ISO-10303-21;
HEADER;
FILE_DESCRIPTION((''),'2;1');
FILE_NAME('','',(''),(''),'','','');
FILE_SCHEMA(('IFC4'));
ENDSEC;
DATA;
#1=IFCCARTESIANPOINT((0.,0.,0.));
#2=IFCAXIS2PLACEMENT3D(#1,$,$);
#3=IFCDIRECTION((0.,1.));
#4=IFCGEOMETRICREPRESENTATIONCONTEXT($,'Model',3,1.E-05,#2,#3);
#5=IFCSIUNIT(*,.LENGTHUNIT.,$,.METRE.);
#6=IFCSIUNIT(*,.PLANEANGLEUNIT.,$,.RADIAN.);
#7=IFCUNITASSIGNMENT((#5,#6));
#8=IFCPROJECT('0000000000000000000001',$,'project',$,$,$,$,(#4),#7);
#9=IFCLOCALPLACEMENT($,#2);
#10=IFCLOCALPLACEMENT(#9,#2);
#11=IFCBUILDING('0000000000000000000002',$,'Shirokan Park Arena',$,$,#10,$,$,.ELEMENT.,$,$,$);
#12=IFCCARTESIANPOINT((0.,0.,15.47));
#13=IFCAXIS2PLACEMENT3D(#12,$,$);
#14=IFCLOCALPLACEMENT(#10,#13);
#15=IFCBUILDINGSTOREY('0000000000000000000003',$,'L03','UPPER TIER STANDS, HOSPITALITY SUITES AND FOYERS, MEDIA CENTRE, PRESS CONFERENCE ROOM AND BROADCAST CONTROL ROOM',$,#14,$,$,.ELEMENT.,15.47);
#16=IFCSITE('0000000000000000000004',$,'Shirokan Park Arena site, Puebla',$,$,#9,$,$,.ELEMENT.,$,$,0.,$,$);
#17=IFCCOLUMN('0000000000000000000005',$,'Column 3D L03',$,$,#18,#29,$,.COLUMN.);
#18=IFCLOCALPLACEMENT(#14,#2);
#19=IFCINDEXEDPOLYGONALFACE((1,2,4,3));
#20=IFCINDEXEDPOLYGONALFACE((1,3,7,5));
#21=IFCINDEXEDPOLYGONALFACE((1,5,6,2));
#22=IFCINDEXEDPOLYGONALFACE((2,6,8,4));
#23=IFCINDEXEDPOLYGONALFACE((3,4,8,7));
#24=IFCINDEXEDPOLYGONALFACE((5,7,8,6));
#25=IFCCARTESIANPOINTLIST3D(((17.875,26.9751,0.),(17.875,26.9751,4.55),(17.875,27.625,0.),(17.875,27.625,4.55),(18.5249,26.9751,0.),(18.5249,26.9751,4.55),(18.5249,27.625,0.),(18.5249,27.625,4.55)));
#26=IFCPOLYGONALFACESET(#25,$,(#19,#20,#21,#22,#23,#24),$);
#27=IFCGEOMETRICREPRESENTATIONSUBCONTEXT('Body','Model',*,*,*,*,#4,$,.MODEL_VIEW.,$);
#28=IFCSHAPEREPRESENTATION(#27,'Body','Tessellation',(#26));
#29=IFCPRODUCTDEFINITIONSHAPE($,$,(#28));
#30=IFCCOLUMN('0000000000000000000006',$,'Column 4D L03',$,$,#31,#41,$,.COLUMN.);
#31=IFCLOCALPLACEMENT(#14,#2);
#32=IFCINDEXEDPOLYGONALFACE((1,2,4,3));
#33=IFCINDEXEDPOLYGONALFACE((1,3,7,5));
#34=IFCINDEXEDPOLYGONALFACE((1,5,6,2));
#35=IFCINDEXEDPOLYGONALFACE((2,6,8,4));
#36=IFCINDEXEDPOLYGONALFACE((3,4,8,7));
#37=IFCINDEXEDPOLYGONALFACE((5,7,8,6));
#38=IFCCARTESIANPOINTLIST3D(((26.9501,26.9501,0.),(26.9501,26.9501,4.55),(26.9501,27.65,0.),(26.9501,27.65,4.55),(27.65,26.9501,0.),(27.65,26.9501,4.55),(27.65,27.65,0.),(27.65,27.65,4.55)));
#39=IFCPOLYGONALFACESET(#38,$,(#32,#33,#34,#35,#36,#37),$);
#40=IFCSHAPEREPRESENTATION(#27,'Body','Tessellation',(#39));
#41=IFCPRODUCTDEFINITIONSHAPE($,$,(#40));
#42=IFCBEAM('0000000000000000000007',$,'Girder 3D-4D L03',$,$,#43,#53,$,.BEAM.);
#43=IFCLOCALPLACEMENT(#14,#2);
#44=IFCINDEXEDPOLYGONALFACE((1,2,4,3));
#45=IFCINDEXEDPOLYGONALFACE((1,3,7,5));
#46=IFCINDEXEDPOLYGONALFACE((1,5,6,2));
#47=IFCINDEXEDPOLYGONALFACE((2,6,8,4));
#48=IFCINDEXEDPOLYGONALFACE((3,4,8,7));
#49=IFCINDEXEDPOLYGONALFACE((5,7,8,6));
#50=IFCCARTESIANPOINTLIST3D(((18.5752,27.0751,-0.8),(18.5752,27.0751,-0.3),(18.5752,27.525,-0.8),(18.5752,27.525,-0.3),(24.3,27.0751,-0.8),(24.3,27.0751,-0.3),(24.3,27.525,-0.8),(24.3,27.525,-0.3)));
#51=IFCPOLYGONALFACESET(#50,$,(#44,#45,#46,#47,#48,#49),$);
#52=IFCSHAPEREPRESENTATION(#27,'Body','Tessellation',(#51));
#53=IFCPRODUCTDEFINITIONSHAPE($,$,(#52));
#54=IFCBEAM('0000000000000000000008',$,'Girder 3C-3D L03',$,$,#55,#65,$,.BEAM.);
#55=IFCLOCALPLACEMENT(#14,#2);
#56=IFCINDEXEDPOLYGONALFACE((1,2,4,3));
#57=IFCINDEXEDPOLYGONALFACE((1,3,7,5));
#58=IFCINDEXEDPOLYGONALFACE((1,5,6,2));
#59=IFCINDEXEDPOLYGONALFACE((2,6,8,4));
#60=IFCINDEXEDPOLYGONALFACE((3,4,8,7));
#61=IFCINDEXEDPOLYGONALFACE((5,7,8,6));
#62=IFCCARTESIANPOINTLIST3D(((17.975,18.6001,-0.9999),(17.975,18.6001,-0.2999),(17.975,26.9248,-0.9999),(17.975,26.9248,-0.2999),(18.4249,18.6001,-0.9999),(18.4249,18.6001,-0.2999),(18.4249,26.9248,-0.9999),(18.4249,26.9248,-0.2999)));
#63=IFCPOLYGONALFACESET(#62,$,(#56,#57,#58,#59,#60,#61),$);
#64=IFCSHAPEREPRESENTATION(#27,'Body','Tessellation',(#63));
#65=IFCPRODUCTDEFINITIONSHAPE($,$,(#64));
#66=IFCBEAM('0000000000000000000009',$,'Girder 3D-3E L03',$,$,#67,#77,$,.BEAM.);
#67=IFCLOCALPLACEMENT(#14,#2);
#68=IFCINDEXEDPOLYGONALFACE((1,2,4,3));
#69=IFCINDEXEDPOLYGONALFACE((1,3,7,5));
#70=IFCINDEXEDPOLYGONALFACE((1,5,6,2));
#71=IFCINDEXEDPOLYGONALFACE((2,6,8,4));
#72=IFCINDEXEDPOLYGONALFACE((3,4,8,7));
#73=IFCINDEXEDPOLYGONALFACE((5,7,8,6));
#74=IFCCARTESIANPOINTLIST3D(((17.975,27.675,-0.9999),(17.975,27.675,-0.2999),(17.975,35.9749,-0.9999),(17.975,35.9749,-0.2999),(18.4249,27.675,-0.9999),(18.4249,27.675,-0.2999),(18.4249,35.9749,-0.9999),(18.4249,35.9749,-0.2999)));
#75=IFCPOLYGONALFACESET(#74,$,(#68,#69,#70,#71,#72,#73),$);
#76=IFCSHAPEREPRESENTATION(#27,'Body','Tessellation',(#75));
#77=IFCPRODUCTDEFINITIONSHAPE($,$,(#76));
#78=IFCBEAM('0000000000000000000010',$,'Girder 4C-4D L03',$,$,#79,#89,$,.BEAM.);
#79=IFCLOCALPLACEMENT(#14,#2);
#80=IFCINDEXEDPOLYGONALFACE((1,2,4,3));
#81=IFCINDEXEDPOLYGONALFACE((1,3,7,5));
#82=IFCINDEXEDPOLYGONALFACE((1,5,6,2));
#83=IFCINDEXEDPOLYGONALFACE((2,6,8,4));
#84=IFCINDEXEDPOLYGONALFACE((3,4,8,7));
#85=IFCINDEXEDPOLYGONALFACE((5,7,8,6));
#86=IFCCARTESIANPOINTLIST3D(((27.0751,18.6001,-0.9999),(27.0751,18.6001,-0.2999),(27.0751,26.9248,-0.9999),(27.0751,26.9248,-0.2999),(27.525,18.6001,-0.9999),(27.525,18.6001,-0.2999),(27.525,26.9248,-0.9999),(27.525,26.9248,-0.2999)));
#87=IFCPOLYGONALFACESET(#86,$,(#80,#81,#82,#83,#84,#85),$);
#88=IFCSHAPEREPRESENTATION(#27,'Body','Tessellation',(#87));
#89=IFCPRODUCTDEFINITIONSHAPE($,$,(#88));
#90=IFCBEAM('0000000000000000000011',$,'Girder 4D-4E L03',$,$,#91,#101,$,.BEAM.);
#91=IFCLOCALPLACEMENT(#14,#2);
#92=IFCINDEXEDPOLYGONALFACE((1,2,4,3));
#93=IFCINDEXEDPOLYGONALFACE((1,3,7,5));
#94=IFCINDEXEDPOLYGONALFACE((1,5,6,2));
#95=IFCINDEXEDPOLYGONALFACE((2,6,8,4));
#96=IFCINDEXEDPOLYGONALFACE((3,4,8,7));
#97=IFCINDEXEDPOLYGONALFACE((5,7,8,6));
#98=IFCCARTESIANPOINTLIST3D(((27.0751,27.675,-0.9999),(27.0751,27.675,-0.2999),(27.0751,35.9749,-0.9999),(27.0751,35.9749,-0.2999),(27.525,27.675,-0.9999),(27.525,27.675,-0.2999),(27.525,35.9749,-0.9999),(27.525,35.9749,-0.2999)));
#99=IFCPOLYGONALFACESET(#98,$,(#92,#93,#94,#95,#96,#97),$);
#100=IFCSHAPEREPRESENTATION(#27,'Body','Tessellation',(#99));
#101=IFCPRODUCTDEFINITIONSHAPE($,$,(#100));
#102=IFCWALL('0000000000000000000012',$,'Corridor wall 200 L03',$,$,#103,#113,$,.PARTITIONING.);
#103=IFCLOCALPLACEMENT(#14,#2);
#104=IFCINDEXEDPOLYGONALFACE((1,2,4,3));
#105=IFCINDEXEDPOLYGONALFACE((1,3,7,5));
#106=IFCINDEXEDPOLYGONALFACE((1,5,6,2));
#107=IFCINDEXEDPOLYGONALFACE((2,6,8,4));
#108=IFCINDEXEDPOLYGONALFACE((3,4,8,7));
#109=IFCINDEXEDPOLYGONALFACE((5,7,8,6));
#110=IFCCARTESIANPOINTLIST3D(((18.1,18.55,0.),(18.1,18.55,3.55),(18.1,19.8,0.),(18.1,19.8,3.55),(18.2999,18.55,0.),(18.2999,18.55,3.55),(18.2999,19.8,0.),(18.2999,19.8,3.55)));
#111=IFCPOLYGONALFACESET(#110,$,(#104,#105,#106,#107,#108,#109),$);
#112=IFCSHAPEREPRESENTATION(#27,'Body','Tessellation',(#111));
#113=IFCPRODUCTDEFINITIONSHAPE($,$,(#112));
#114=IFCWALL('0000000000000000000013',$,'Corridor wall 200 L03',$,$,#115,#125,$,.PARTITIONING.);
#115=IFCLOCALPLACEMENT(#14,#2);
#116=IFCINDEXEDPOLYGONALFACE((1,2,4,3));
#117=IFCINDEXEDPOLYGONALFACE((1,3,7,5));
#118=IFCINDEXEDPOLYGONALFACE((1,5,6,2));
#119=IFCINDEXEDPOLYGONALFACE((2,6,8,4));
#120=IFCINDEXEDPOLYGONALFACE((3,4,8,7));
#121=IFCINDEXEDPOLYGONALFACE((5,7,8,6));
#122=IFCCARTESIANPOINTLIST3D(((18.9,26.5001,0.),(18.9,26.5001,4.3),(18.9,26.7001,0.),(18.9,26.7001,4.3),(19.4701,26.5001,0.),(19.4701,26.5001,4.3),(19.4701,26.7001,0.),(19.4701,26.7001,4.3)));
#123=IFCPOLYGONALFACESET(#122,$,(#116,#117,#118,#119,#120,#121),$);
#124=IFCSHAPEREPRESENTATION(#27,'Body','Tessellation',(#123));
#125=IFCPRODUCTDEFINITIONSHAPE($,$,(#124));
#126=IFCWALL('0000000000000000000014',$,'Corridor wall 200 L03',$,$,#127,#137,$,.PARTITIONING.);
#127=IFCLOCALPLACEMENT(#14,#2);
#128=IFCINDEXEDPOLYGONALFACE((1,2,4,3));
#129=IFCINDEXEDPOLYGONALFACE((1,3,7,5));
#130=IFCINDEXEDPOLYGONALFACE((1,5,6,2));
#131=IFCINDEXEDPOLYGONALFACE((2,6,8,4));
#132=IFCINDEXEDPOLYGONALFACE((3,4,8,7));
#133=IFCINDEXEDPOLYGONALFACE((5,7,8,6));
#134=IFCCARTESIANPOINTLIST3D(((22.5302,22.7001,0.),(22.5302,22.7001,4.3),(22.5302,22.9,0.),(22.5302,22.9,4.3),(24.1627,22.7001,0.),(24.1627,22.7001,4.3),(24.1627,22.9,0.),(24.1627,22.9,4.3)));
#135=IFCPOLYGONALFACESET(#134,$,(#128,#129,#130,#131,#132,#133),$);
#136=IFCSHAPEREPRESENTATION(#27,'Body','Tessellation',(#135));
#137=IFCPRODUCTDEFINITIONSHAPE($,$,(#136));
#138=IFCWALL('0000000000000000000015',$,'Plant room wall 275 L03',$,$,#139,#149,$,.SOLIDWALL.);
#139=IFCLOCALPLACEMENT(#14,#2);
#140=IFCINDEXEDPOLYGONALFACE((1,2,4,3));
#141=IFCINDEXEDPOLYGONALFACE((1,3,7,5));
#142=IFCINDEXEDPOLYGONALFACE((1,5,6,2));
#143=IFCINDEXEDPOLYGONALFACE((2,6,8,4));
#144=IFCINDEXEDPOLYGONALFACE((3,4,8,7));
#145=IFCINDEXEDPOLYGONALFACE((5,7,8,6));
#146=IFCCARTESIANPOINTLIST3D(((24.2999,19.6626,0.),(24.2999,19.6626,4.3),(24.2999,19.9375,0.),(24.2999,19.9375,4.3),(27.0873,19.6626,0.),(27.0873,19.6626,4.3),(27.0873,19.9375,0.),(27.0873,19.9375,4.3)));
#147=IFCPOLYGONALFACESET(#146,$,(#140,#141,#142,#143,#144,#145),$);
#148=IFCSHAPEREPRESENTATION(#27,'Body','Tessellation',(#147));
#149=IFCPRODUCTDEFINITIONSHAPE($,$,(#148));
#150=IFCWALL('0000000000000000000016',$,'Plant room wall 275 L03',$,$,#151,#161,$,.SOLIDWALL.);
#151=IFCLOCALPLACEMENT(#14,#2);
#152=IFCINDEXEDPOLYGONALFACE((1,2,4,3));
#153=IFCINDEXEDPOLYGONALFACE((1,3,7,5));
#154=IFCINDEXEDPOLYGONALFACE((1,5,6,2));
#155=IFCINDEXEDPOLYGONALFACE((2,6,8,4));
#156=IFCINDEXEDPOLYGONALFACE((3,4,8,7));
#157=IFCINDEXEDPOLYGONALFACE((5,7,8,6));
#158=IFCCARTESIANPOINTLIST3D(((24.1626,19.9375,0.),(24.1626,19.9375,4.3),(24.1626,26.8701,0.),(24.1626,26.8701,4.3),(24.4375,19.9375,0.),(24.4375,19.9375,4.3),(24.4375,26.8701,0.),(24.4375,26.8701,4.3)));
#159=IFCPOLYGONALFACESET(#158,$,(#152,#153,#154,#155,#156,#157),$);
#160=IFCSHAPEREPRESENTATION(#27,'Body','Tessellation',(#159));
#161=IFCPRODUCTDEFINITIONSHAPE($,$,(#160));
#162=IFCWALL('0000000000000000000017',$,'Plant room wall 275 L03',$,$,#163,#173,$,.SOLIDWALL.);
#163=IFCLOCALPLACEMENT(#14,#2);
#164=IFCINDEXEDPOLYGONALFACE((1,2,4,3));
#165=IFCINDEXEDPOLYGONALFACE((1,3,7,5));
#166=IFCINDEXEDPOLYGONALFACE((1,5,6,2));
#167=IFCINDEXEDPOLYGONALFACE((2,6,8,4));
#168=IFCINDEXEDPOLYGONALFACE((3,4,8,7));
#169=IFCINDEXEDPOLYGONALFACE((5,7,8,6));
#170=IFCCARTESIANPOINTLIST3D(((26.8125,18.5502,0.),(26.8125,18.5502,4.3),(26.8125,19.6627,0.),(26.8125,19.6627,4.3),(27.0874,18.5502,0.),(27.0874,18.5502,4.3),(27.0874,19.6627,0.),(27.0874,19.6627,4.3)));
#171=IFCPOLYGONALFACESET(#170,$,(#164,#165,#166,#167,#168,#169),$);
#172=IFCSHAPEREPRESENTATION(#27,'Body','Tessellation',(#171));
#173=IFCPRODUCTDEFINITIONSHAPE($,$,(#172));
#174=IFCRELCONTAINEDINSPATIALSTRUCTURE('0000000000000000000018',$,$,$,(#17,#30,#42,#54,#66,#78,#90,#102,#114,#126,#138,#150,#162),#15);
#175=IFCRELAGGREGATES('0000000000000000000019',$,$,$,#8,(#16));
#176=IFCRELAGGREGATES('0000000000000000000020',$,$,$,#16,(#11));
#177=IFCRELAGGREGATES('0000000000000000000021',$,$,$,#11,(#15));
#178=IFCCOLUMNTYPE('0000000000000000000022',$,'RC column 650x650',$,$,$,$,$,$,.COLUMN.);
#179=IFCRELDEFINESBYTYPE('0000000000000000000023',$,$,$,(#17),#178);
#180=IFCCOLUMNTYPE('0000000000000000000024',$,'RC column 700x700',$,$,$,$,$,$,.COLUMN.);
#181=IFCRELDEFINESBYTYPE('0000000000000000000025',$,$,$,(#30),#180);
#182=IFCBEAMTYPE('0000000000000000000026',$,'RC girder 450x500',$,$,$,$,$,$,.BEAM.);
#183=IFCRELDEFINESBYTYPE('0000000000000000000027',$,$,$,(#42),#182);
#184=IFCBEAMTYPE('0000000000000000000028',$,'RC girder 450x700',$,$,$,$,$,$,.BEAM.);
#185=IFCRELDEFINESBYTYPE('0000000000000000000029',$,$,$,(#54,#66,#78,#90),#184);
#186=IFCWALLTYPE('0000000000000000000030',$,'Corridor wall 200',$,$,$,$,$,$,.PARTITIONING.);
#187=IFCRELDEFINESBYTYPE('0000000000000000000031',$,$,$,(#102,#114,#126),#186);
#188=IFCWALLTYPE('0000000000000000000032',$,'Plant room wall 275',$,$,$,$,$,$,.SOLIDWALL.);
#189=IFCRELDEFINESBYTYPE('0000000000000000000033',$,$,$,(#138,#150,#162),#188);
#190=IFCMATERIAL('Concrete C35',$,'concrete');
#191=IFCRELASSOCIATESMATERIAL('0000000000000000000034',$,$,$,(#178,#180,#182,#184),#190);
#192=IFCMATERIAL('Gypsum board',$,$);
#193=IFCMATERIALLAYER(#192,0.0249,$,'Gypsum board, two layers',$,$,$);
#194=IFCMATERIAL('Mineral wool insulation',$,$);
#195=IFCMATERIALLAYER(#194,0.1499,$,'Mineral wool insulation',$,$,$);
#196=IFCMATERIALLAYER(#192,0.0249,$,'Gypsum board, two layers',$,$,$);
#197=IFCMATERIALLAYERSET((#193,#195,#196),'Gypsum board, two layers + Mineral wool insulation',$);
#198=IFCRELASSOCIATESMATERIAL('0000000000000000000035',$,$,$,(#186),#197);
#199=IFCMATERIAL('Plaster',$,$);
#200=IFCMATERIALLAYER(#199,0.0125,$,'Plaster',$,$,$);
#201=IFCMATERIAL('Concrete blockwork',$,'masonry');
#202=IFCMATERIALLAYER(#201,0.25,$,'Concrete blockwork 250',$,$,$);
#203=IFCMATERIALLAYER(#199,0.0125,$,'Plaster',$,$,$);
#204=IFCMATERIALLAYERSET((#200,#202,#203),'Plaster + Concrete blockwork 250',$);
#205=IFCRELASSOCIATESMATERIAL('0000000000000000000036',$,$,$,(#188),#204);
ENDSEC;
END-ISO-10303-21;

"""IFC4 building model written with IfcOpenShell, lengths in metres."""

from ifc_helpers import new_model, si_unit, direction, frame, frame_2d, origin, origin_2d, place, context, subcontext, project, spatial, rectangle, extrude, material, layer, layer_set, material_profile, profile_set, type_object, element, save


model = new_model("IFC4")

# Units and contexts
model_context = context("Model", 3, precision=1e-05, world=origin(), true_north=direction((0.0, 1.0)))
body_context = subcontext(model_context, "Body", "Model", "MODEL_VIEW")
ifc_project = project(units=[si_unit("LENGTHUNIT", "METRE"), si_unit("PLANEANGLEUNIT", "RADIAN")], contexts=[model_context])

# Site, building, storey
site_placement = place(None, origin())
site = spatial("IfcSite", under=ifc_project, at=site_placement, Name="Shirokan Park Arena site, Puebla", CompositionType="ELEMENT", RefElevation=0.0)
building_placement = place(site_placement, origin())
building = spatial("IfcBuilding", under=site, at=building_placement, Name="Shirokan Park Arena", CompositionType="ELEMENT")
storey_placement = place(building_placement, frame((0.0, 0.0, 15.47)))
storey = spatial("IfcBuildingStorey", under=building, at=storey_placement, Name="L03", Description="UPPER TIER STANDS, HOSPITALITY SUITES AND FOYERS, MEDIA CENTRE, PRESS CONFERENCE ROOM AND BROADCAST CONTROL ROOM", CompositionType="ELEMENT", Elevation=15.47)

# Columns
ifc_material_1 = material(Name="Concrete C35", Category="concrete")
ifc_material_profile_1 = material_profile(ifc_material_1, rectangle(XDim=0.6499, YDim=0.6499, at=origin_2d()), Name="650x650")
ifc_profile_set_1 = profile_set([ifc_material_profile_1], Name="Concrete C35")
column_type_1 = type_object("IfcColumnType", Name="RC column 650x650", PredefinedType="COLUMN", material=ifc_profile_set_1)
column_1_placement = place(storey_placement, frame((18.2, 27.3, 0.0), z_axis=(0.0, 0.0, 1.0), x_axis=(1.0, 0.0, 0.0)))
element("IfcColumn", 1, at=column_1_placement, inside=storey, type_object=column_type_1, Name="Column 3D L03", PredefinedType="COLUMN", context=body_context, shape_type="SweptSolid", body=[
    extrude(rectangle(XDim=0.6499, YDim=0.6499, at=origin_2d()), origin(), (0.0, 0.0, 1.0), 4.55),
])
ifc_material_profile_2 = material_profile(ifc_material_1, rectangle(XDim=0.7, YDim=0.7, at=origin_2d()), Name="700x700")
ifc_profile_set_2 = profile_set([ifc_material_profile_2], Name="Concrete C35")
column_type_2 = type_object("IfcColumnType", Name="RC column 700x700", PredefinedType="COLUMN", material=ifc_profile_set_2)
column_2_placement = place(storey_placement, frame((27.3, 27.3, 0.0), z_axis=(0.0, 0.0, 1.0), x_axis=(1.0, 0.0, 0.0)))
element("IfcColumn", 2, at=column_2_placement, inside=storey, type_object=column_type_2, Name="Column 4D L03", PredefinedType="COLUMN", context=body_context, shape_type="SweptSolid", body=[
    extrude(rectangle(XDim=0.7, YDim=0.7, at=origin_2d()), origin(), (0.0, 0.0, 1.0), 4.55),
])

# Beams
ifc_material_profile_3 = material_profile(ifc_material_1, rectangle(XDim=0.45, YDim=0.5, at=origin_2d()), Name="450x500")
ifc_profile_set_3 = profile_set([ifc_material_profile_3], Name="Concrete C35")
beam_type_1 = type_object("IfcBeamType", Name="RC girder 450x500", PredefinedType="BEAM", material=ifc_profile_set_3)
beam_1_placement = place(storey_placement, frame((18.5752, 27.3, -0.55), z_axis=(1.0, 0.0, 0.0), x_axis=(0.0, 1.0, 0.0)))
element("IfcBeam", 3, at=beam_1_placement, inside=storey, type_object=beam_type_1, Name="Girder 3D-4D L03", PredefinedType="BEAM", context=body_context, shape_type="SweptSolid", body=[
    extrude(rectangle(XDim=0.45, YDim=0.5, at=origin_2d()), origin(), (0.0, 0.0, 1.0), 5.7249),
])
ifc_material_profile_4 = material_profile(ifc_material_1, rectangle(XDim=0.45, YDim=0.7, at=origin_2d()), Name="450x700")
ifc_profile_set_4 = profile_set([ifc_material_profile_4], Name="Concrete C35")
beam_type_2 = type_object("IfcBeamType", Name="RC girder 450x700", PredefinedType="BEAM", material=ifc_profile_set_4)
beam_2_placement = place(storey_placement, frame((18.2, 18.6001, -0.6499), z_axis=(0.0, 1.0, 0.0), x_axis=(-1.0, 0.0, 0.0)))
element("IfcBeam", 4, at=beam_2_placement, inside=storey, type_object=beam_type_2, Name="Girder 3C-3D L03", PredefinedType="BEAM", context=body_context, shape_type="SweptSolid", body=[
    extrude(rectangle(XDim=0.45, YDim=0.7, at=origin_2d()), origin(), (0.0, 0.0, 1.0), 8.3247),
])
beam_3_placement = place(storey_placement, frame((18.2, 27.675, -0.6499), z_axis=(0.0, 1.0, 0.0), x_axis=(-1.0, 0.0, 0.0)))
element("IfcBeam", 5, at=beam_3_placement, inside=storey, type_object=beam_type_2, Name="Girder 3D-3E L03", PredefinedType="BEAM", context=body_context, shape_type="SweptSolid", body=[
    extrude(rectangle(XDim=0.45, YDim=0.7, at=origin_2d()), origin(), (0.0, 0.0, 1.0), 8.2998),
])
beam_4_placement = place(storey_placement, frame((27.3, 18.6001, -0.6499), z_axis=(0.0, 1.0, 0.0), x_axis=(-1.0, 0.0, 0.0)))
element("IfcBeam", 6, at=beam_4_placement, inside=storey, type_object=beam_type_2, Name="Girder 4C-4D L03", PredefinedType="BEAM", context=body_context, shape_type="SweptSolid", body=[
    extrude(rectangle(XDim=0.45, YDim=0.7, at=origin_2d()), origin(), (0.0, 0.0, 1.0), 8.3247),
])
beam_5_placement = place(storey_placement, frame((27.3, 27.675, -0.6499), z_axis=(0.0, 1.0, 0.0), x_axis=(-1.0, 0.0, 0.0)))
element("IfcBeam", 7, at=beam_5_placement, inside=storey, type_object=beam_type_2, Name="Girder 4D-4E L03", PredefinedType="BEAM", context=body_context, shape_type="SweptSolid", body=[
    extrude(rectangle(XDim=0.45, YDim=0.7, at=origin_2d()), origin(), (0.0, 0.0, 1.0), 8.2998),
])

# Wall
ifc_material_2 = material(Name="Gypsum board")
ifc_layer_1 = layer(ifc_material_2, 0.0249, Name="Gypsum board, two layers")
ifc_material_3 = material(Name="Mineral wool insulation")
ifc_layer_2 = layer(ifc_material_3, 0.1499, Name="Mineral wool insulation")
ifc_layer_3 = layer(ifc_material_2, 0.0249, Name="Gypsum board, two layers")
ifc_layer_set_1 = layer_set([ifc_layer_1, ifc_layer_2, ifc_layer_3], Name="Gypsum board, two layers + Mineral wool insulation")
wall_type_1 = type_object("IfcWallType", Name="Corridor wall 200", PredefinedType="PARTITIONING", material=ifc_layer_set_1)
wall_1_placement = place(storey_placement, frame((18.2, 19.8, 0.0), z_axis=(0.0, 0.0, 1.0), x_axis=(0.0, -1.0, 0.0)))
element("IfcWall", 8, at=wall_1_placement, inside=storey, type_object=wall_type_1, Name="Corridor wall 200 L03", PredefinedType="PARTITIONING", context=body_context, shape_type="SweptSolid", body=[
    extrude(rectangle(XDim=1.25, YDim=0.2, at=frame_2d((0.625, 0.0))), origin(), (0.0, 0.0, 1.0), 3.55),
])

# Walls
wall_2_placement = place(storey_placement, frame((18.8999, 26.6001, 0.0), z_axis=(0.0, 0.0, 1.0), x_axis=(1.0, 0.0, 0.0)))
element("IfcWall", 9, at=wall_2_placement, inside=storey, type_object=wall_type_1, Name="Corridor wall 200 L03", PredefinedType="PARTITIONING", context=body_context, shape_type="SweptSolid", body=[
    extrude(rectangle(XDim=0.5701, YDim=0.2, at=frame_2d((0.2852, 0.0))), origin(), (0.0, 0.0, 1.0), 4.3),
])
wall_3_placement = place(storey_placement, frame((22.53, 22.8, 0.0), z_axis=(0.0, 0.0, 1.0), x_axis=(1.0, 0.0, 0.0)))
element("IfcWall", 10, at=wall_3_placement, inside=storey, type_object=wall_type_1, Name="Corridor wall 200 L03", PredefinedType="PARTITIONING", context=body_context, shape_type="SweptSolid", body=[
    extrude(rectangle(XDim=1.6326, YDim=0.2, at=frame_2d((0.8164, 0.0))), origin(), (0.0, 0.0, 1.0), 4.3),
])
ifc_material_4 = material(Name="Plaster")
ifc_layer_4 = layer(ifc_material_4, 0.0125, Name="Plaster")
ifc_material_5 = material(Name="Concrete blockwork", Category="masonry")
ifc_layer_5 = layer(ifc_material_5, 0.25, Name="Concrete blockwork 250")
ifc_layer_6 = layer(ifc_material_4, 0.0125, Name="Plaster")
ifc_layer_set_2 = layer_set([ifc_layer_4, ifc_layer_5, ifc_layer_6], Name="Plaster + Concrete blockwork 250")
wall_type_2 = type_object("IfcWallType", Name="Plant room wall 275", PredefinedType="SOLIDWALL", material=ifc_layer_set_2)
wall_4_placement = place(storey_placement, frame((24.3, 19.8, 0.0), z_axis=(0.0, 0.0, 1.0), x_axis=(1.0, 0.0, 0.0)))
element("IfcWall", 11, at=wall_4_placement, inside=storey, type_object=wall_type_2, Name="Plant room wall 275 L03", PredefinedType="SOLIDWALL", context=body_context, shape_type="SweptSolid", body=[
    extrude(rectangle(XDim=2.7874, YDim=0.2749, at=frame_2d((1.3936, 0.0))), origin(), (0.0, 0.0, 1.0), 4.3),
])
wall_5_placement = place(storey_placement, frame((24.3, 19.9375, 0.0), z_axis=(0.0, 0.0, 1.0), x_axis=(0.0, 1.0, 0.0)))
element("IfcWall", 12, at=wall_5_placement, inside=storey, type_object=wall_type_2, Name="Plant room wall 275 L03", PredefinedType="SOLIDWALL", context=body_context, shape_type="SweptSolid", body=[
    extrude(rectangle(XDim=6.9326, YDim=0.2749, at=frame_2d((3.4663, 0.0))), origin(), (0.0, 0.0, 1.0), 4.3),
])
wall_6_placement = place(storey_placement, frame((26.95, 19.6626, 0.0), z_axis=(0.0, 0.0, 1.0), x_axis=(0.0, -1.0, 0.0)))
element("IfcWall", 13, at=wall_6_placement, inside=storey, type_object=wall_type_2, Name="Plant room wall 275 L03", PredefinedType="SOLIDWALL", context=body_context, shape_type="SweptSolid", body=[
    extrude(rectangle(XDim=1.1125, YDim=0.2749, at=frame_2d((0.5562, 0.0))), origin(), (0.0, 0.0, 1.0), 4.3),
])

save(model, "model.ifc")
